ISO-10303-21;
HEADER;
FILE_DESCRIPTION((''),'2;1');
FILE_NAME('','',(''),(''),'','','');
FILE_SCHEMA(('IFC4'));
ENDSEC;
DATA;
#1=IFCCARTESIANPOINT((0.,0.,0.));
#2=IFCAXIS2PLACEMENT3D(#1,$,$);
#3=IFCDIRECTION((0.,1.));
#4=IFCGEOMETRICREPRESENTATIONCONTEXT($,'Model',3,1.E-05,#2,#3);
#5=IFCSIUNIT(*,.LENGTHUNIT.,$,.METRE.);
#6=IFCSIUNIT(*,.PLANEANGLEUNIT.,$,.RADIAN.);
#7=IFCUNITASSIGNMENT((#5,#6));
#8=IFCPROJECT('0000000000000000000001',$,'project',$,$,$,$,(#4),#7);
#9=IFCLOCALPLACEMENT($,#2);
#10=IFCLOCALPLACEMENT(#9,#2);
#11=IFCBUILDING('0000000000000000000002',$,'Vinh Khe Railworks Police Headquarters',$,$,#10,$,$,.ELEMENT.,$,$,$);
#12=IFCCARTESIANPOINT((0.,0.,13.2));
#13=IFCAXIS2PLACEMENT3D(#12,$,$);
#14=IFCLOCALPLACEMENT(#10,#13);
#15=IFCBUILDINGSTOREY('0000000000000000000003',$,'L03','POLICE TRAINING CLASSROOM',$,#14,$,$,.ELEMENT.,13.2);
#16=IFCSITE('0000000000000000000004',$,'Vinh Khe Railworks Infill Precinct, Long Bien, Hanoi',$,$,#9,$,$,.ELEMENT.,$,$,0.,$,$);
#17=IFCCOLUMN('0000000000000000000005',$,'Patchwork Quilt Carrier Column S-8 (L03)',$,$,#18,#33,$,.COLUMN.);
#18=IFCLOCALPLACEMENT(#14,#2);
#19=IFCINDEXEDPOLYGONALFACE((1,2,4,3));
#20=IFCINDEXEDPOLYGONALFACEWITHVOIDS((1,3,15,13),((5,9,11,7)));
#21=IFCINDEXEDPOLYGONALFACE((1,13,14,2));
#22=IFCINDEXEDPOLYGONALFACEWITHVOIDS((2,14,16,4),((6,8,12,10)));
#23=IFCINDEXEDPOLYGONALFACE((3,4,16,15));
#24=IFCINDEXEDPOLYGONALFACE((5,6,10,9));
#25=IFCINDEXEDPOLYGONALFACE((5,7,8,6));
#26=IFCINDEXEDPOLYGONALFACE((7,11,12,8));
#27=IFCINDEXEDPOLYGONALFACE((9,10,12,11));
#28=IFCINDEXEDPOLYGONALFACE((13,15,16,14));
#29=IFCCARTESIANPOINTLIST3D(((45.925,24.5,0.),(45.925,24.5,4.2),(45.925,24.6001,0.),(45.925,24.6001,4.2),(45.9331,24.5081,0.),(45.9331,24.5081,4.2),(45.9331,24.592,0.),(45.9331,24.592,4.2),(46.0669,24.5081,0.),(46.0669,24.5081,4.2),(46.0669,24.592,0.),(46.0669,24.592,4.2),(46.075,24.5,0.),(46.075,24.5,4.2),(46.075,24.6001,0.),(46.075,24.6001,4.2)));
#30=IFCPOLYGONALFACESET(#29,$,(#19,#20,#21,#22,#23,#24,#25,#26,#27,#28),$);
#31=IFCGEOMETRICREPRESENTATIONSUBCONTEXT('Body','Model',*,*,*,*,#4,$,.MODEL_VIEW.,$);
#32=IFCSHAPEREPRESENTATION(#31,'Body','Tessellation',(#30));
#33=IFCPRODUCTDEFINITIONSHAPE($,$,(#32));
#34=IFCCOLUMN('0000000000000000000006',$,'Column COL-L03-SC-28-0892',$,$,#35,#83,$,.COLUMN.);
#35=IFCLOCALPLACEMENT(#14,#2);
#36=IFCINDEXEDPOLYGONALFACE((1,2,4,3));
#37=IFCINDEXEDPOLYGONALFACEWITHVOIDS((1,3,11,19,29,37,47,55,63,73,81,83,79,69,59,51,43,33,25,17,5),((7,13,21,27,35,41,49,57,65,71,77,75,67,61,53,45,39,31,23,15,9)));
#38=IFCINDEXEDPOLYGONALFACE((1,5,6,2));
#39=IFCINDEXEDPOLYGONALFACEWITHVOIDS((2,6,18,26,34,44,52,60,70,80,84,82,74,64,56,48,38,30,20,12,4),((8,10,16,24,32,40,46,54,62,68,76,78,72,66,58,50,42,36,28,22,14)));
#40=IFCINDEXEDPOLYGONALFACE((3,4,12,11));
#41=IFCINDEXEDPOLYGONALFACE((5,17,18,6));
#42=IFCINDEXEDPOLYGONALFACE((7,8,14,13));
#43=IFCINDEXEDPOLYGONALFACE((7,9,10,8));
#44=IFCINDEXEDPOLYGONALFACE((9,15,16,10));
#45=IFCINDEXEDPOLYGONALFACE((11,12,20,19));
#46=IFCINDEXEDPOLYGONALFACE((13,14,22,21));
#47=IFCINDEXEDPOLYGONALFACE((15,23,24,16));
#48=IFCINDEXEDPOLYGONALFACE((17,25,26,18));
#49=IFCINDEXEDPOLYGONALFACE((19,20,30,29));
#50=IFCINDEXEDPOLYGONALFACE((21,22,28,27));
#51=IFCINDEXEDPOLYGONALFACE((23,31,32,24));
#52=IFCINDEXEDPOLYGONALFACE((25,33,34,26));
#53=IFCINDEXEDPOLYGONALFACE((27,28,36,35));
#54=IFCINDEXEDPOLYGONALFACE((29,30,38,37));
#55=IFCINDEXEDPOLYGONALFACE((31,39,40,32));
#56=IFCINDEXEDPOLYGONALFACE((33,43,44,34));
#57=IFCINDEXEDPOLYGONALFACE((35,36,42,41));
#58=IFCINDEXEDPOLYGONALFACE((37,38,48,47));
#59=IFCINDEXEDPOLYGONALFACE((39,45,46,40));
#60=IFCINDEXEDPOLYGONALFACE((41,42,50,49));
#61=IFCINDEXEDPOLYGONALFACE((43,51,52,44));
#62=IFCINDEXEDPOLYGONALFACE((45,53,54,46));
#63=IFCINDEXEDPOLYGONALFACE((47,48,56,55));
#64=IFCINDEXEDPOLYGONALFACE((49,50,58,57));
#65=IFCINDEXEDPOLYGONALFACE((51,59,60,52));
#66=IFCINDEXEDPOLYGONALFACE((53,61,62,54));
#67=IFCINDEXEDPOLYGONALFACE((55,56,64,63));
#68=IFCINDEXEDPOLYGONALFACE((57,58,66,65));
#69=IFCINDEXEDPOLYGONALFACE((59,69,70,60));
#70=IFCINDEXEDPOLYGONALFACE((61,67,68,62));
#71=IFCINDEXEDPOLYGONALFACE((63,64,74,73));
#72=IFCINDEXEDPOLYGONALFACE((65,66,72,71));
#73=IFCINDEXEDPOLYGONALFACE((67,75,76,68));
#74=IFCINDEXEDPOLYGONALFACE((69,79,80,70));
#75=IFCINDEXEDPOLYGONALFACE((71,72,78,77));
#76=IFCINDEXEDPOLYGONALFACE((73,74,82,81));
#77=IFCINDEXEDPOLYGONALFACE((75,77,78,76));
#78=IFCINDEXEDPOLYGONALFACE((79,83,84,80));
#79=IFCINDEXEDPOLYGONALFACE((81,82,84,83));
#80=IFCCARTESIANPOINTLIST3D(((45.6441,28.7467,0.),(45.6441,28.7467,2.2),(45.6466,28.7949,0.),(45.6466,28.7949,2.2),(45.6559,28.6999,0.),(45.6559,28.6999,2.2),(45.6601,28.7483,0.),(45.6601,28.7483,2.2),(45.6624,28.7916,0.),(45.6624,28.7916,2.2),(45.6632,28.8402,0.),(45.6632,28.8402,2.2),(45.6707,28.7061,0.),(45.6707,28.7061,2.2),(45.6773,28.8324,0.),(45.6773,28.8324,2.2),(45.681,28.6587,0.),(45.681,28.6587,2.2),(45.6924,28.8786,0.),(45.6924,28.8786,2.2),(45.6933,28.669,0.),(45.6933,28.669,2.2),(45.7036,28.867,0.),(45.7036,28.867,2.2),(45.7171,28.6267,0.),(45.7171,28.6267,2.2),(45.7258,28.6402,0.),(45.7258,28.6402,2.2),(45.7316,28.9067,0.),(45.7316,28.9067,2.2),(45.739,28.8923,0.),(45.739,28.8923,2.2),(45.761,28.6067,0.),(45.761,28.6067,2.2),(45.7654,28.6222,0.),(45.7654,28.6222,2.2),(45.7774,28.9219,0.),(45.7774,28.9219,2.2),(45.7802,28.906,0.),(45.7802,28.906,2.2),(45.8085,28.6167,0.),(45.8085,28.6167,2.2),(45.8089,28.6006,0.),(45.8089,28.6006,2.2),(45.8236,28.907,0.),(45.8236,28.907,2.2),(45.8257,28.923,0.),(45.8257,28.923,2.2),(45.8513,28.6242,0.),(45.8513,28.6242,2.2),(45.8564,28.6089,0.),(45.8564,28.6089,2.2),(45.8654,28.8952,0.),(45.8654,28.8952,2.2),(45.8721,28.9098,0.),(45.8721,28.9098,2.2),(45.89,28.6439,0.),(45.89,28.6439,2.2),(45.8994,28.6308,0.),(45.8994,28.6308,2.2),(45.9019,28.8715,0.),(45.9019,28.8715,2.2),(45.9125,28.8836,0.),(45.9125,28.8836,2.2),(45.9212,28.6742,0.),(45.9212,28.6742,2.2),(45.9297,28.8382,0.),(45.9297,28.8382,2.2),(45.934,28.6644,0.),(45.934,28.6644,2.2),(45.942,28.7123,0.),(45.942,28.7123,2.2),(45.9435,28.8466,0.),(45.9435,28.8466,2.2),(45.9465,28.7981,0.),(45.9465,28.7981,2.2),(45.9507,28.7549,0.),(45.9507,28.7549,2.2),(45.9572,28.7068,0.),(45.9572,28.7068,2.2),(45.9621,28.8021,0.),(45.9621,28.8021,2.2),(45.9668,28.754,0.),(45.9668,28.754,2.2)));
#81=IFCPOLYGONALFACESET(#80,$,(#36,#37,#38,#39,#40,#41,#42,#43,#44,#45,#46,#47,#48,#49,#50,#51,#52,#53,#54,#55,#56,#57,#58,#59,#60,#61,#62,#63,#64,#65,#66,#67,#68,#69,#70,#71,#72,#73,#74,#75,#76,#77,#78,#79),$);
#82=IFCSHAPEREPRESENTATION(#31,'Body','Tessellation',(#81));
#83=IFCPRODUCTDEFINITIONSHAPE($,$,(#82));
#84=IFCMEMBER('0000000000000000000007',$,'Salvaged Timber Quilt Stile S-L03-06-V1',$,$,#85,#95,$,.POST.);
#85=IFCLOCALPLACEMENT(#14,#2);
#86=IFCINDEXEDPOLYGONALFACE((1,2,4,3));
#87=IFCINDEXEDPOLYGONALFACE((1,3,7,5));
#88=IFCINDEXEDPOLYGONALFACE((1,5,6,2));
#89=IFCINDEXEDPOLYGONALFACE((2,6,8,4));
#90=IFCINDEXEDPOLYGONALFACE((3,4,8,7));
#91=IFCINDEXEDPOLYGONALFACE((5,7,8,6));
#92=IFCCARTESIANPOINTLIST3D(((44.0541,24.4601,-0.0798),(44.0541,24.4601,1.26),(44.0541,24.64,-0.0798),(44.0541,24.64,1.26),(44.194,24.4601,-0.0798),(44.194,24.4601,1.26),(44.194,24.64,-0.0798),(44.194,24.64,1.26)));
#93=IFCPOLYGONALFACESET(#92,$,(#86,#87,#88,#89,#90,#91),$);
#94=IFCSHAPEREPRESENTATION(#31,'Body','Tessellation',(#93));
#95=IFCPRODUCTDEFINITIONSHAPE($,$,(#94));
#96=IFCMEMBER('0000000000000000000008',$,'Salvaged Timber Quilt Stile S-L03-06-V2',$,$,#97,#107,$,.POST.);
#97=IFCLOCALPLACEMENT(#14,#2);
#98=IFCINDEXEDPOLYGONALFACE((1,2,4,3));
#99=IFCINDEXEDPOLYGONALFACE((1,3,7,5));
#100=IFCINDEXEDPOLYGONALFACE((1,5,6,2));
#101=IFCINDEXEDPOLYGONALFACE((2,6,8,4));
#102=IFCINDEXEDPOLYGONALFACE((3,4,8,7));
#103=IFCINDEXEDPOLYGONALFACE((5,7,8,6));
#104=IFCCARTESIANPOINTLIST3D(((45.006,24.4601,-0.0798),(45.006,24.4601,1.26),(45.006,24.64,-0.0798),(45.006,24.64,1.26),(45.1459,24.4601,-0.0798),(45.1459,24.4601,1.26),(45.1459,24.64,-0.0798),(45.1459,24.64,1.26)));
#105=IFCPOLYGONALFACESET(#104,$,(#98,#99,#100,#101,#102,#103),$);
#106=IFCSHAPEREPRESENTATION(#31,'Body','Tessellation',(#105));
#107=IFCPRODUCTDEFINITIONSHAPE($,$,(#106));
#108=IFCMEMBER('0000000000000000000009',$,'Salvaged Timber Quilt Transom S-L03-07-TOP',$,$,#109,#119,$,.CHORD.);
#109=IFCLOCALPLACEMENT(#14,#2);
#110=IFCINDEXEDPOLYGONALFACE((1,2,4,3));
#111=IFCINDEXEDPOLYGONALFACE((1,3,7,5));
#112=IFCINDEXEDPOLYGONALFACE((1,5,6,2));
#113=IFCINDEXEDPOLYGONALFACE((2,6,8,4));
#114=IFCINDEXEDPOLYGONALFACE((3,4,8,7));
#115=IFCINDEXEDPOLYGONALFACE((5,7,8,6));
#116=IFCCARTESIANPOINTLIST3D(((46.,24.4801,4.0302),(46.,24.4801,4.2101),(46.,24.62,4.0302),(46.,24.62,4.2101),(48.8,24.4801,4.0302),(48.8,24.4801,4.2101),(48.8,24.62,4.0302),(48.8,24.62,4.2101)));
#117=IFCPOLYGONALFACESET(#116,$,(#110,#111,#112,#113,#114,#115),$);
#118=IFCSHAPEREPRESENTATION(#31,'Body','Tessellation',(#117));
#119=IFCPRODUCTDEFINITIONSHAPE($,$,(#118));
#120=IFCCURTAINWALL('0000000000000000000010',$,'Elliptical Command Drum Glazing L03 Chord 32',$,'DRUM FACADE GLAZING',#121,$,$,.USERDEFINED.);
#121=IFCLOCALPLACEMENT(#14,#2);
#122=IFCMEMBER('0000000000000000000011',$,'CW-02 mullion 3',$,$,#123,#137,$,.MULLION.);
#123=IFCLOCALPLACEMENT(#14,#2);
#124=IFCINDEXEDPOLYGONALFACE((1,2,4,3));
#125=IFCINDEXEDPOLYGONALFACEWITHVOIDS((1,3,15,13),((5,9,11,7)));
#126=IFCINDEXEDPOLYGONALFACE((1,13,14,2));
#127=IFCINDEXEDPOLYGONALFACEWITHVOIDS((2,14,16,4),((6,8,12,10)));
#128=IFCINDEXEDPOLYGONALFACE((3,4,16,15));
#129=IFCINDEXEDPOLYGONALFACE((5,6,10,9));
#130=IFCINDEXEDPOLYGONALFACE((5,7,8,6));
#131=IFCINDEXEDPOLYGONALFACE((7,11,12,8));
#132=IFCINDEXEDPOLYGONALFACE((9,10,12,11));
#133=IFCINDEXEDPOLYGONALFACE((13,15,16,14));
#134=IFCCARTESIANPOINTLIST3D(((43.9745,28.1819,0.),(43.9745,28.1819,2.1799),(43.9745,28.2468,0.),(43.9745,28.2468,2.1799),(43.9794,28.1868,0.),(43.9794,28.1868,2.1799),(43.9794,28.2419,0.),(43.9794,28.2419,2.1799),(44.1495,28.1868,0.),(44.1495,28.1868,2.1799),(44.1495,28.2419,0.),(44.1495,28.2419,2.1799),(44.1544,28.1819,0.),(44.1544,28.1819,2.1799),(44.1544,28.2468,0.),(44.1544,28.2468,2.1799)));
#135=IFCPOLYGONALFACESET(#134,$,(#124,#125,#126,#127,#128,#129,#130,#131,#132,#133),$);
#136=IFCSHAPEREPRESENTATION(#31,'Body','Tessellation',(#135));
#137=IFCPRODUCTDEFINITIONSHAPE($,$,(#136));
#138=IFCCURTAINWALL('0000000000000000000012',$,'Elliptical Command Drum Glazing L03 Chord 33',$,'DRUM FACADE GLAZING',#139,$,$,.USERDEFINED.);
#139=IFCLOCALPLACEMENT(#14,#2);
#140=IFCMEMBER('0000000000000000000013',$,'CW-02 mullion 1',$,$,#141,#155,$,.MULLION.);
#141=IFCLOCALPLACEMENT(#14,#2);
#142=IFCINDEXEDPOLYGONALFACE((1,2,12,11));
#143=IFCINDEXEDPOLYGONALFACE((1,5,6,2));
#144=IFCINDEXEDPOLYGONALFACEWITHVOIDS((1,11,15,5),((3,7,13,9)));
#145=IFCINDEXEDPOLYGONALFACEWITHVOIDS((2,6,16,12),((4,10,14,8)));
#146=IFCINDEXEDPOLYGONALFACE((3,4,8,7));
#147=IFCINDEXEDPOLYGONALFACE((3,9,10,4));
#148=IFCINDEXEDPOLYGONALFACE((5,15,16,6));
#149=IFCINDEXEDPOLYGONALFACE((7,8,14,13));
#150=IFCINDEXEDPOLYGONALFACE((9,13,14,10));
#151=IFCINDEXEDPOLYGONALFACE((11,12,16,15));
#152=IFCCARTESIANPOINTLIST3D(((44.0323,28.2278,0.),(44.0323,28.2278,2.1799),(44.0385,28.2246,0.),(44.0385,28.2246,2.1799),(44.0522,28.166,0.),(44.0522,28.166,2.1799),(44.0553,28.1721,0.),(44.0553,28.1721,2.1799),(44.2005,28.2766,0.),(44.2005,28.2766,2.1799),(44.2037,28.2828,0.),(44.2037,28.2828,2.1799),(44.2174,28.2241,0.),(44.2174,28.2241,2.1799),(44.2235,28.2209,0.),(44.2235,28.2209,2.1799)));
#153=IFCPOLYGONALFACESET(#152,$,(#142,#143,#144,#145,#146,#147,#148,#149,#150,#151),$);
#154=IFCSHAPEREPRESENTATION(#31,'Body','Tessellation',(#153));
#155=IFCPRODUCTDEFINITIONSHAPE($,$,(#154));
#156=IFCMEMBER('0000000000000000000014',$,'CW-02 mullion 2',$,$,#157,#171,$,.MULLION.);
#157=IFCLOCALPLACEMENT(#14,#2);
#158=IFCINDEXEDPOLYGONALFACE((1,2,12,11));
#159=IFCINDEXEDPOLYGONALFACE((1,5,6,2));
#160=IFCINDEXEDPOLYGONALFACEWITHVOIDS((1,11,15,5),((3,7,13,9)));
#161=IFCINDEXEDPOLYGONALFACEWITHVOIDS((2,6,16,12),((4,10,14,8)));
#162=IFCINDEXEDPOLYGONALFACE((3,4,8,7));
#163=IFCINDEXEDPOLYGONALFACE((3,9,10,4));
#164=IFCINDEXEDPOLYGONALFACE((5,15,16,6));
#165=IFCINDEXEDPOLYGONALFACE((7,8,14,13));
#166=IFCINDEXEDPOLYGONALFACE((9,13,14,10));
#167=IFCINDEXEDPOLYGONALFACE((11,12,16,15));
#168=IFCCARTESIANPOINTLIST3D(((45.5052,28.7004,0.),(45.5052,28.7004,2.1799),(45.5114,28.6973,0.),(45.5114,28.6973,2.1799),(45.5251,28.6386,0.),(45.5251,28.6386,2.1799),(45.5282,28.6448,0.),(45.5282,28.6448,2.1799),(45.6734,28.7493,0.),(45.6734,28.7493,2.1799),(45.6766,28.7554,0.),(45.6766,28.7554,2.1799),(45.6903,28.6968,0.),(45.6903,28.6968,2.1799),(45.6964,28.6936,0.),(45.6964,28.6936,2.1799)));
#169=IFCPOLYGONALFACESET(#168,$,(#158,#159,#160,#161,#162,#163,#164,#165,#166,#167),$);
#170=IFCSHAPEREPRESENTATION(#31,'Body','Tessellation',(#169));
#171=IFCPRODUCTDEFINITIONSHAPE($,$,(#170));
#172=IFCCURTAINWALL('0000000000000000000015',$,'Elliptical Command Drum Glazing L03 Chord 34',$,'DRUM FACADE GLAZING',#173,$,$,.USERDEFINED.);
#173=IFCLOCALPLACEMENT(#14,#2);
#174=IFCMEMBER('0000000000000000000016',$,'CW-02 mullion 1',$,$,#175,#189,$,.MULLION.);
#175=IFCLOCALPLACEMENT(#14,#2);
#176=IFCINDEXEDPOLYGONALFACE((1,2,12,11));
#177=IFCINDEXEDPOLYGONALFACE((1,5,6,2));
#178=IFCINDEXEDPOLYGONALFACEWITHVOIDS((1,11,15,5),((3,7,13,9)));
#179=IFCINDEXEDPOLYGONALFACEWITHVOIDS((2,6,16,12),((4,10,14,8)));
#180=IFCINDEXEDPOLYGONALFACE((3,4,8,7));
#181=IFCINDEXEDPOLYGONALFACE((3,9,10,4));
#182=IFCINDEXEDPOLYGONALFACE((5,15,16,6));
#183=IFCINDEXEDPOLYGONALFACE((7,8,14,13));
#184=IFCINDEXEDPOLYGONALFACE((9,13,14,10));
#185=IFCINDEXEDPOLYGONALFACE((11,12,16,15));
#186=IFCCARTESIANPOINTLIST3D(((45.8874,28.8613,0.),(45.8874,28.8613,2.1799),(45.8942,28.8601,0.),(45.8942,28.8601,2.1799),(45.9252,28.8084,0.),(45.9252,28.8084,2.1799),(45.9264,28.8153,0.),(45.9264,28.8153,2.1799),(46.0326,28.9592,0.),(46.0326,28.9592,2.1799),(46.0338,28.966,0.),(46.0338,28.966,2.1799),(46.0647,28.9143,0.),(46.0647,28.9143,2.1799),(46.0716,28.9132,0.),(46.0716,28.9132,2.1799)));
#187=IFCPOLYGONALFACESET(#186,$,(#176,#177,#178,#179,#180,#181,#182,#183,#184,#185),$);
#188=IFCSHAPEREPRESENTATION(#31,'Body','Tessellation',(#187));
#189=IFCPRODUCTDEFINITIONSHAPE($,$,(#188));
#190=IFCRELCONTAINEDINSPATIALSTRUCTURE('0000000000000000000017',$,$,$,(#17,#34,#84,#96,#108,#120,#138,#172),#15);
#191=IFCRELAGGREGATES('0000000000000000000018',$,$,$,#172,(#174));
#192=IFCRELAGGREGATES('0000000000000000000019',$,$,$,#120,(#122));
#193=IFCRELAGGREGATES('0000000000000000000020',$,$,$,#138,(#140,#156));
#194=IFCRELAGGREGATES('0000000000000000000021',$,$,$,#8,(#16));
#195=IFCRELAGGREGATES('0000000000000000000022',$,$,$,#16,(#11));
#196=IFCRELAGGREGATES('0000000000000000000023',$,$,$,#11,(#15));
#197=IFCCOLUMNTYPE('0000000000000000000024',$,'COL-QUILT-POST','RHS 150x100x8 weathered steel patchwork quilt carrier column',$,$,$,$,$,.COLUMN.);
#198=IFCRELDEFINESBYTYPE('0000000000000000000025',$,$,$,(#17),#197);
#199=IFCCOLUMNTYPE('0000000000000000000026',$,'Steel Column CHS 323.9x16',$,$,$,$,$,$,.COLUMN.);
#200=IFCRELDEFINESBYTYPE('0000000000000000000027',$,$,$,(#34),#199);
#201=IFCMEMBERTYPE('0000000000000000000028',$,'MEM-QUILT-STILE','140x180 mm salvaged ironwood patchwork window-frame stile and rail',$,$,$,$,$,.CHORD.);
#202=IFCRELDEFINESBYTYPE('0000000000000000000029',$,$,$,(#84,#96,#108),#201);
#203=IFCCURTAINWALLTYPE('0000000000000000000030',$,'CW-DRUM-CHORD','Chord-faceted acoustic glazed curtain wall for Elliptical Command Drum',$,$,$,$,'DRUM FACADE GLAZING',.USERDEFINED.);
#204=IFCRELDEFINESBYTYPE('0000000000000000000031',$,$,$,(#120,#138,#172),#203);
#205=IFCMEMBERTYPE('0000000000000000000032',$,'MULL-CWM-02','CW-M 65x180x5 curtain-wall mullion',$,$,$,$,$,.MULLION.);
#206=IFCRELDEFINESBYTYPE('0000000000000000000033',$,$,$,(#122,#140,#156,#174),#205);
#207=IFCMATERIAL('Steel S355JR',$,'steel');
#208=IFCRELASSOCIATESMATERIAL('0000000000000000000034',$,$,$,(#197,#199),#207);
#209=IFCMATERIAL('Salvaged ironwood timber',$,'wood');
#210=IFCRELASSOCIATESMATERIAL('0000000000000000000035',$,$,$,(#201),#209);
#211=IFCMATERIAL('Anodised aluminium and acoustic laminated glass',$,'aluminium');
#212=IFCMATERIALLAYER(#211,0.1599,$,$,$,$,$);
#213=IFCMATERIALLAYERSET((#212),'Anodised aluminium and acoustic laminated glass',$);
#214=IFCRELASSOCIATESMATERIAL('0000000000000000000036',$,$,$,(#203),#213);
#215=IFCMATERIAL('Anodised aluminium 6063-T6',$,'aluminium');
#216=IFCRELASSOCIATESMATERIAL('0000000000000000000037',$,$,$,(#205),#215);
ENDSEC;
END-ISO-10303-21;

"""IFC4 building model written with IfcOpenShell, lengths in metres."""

from ifc_helpers import new_model, si_unit, direction, frame, origin, origin_2d, place, context, subcontext, project, spatial, rectangle, hollow_rectangle, hollow_circle, extrude, material, layer, layer_set, material_profile, profile_set, type_object, element, aggregate, save


model = new_model("IFC4")

# Units and contexts
model_context = context("Model", 3, precision=1e-05, world=origin(), true_north=direction((0.0, 1.0)))
body_context = subcontext(model_context, "Body", "Model", "MODEL_VIEW")
ifc_project = project(units=[si_unit("LENGTHUNIT", "METRE"), si_unit("PLANEANGLEUNIT", "RADIAN")], contexts=[model_context])

# Site, building, storey
site_placement = place(None, origin())
site = spatial("IfcSite", under=ifc_project, at=site_placement, Name="Vinh Khe Railworks Infill Precinct, Long Bien, Hanoi", CompositionType="ELEMENT", RefElevation=0.0)
building_placement = place(site_placement, origin())
building = spatial("IfcBuilding", under=site, at=building_placement, Name="Vinh Khe Railworks Police Headquarters", CompositionType="ELEMENT")
storey_placement = place(building_placement, frame((0.0, 0.0, 13.2)))
storey = spatial("IfcBuildingStorey", under=building, at=storey_placement, Name="L03", Description="POLICE TRAINING CLASSROOM", CompositionType="ELEMENT", Elevation=13.2)

# Columns
ifc_material_1 = material(Name="Steel S355JR", Category="steel")
ifc_material_profile_1 = material_profile(ifc_material_1, hollow_rectangle(XDim=0.1499, YDim=0.1001, WallThickness=0.0081, at=origin_2d()), Name="RHS 150x100x8")
ifc_profile_set_1 = profile_set([ifc_material_profile_1], Name="Steel S355JR")
column_type_1 = type_object("IfcColumnType", Name="COL-QUILT-POST", Description="RHS 150x100x8 weathered steel patchwork quilt carrier column", PredefinedType="COLUMN", material=ifc_profile_set_1)
column_1_placement = place(storey_placement, frame((46.0, 24.55, 0.0), z_axis=(0.0, 0.0, 1.0), x_axis=(1.0, 0.0, 0.0)))
element("IfcColumn", 1, at=column_1_placement, inside=storey, type_object=column_type_1, Name="Patchwork Quilt Carrier Column S-8 (L03)", PredefinedType="COLUMN", context=body_context, shape_type="SweptSolid", body=[
    extrude(hollow_rectangle(XDim=0.1499, YDim=0.1001, WallThickness=0.0081, at=origin_2d()), origin(), (0.0, 0.0, 1.0), 4.2),
])
ifc_material_profile_2 = material_profile(ifc_material_1, hollow_circle(Radius=0.1619, WallThickness=0.0161, at=origin_2d()), Name="CHS 323.9x16")
ifc_profile_set_2 = profile_set([ifc_material_profile_2], Name="Steel S355JR")
column_type_2 = type_object("IfcColumnType", Name="Steel Column CHS 323.9x16", PredefinedType="COLUMN", material=ifc_profile_set_2)
column_2_placement = place(storey_placement, frame((45.8052, 28.7625, 0.0), z_axis=(0.0, 0.0, 1.0), x_axis=(0.581981, -0.813202, 0.0)))
element("IfcColumn", 2, at=column_2_placement, inside=storey, type_object=column_type_2, Name="Column COL-L03-SC-28-0892", PredefinedType="COLUMN", context=body_context, shape_type="SweptSolid", body=[
    extrude(hollow_circle(Radius=0.1619, WallThickness=0.0161, at=origin_2d()), origin(), (0.0, 0.0, 1.0), 2.2),
])

# Members
ifc_material_2 = material(Name="Salvaged ironwood timber", Category="wood")
ifc_material_profile_3 = material_profile(ifc_material_2, rectangle(XDim=0.1399, YDim=0.1799, at=origin_2d()), Name="TIMBER 140x180")
ifc_profile_set_3 = profile_set([ifc_material_profile_3], Name="Salvaged ironwood timber")
member_type_1 = type_object("IfcMemberType", Name="MEM-QUILT-STILE", Description="140x180 mm salvaged ironwood patchwork window-frame stile and rail", PredefinedType="CHORD", material=ifc_profile_set_3)
for number, where, z_axis, x_axis, name in (
    (3, (44.124, 24.55, -0.0798), (0.0, 0.0, 1.0), (1.0, 0.0, 0.0), "Salvaged Timber Quilt Stile S-L03-06-V1"),
    (4, (45.0759, 24.55, -0.0798), (0.0, 0.0, 1.0), (1.0, 0.0, 0.0), "Salvaged Timber Quilt Stile S-L03-06-V2"),
):
    element("IfcMember", number, at=place(storey_placement, frame(where, z_axis=z_axis, x_axis=x_axis)), inside=storey, type_object=member_type_1, Name=name, PredefinedType="POST", context=body_context, shape_type="SweptSolid", body=[
        extrude(rectangle(XDim=0.1399, YDim=0.1799, at=origin_2d()), origin(), (0.0, 0.0, 1.0), 1.3398),
    ])
member_1_placement = place(storey_placement, frame((46.0, 24.55, 4.1201), z_axis=(1.0, 0.0, 0.0), x_axis=(0.0, 1.0, 0.0)))
element("IfcMember", 5, at=member_1_placement, inside=storey, type_object=member_type_1, Name="Salvaged Timber Quilt Transom S-L03-07-TOP", PredefinedType="CHORD", context=body_context, shape_type="SweptSolid", body=[
    extrude(rectangle(XDim=0.1399, YDim=0.1799, at=origin_2d()), origin(), (0.0, 0.0, 1.0), 2.8),
])

# Curtain wall, member
ifc_material_3 = material(Name="Anodised aluminium and acoustic laminated glass", Category="aluminium")
ifc_layer_1 = layer(ifc_material_3, 0.1599)
ifc_layer_set_1 = layer_set([ifc_layer_1], Name="Anodised aluminium and acoustic laminated glass")
curtain_wall_type_1 = type_object("IfcCurtainWallType", Name="CW-DRUM-CHORD", Description="Chord-faceted acoustic glazed curtain wall for Elliptical Command Drum", ElementType="DRUM FACADE GLAZING", PredefinedType="USERDEFINED", material=ifc_layer_set_1)
curtain_wall_1_placement = place(storey_placement, origin())
curtain_wall_1 = element("IfcCurtainWall", 6, at=curtain_wall_1_placement, inside=storey, type_object=curtain_wall_type_1, Name="Elliptical Command Drum Glazing L03 Chord 32", ObjectType="DRUM FACADE GLAZING", PredefinedType="USERDEFINED")
ifc_material_4 = material(Name="Anodised aluminium 6063-T6", Category="aluminium")
ifc_material_profile_4 = material_profile(ifc_material_4, hollow_rectangle(XDim=0.0649, YDim=0.1799, WallThickness=0.0049, at=origin_2d()), Name="CW-M 65x180x5")
ifc_profile_set_4 = profile_set([ifc_material_profile_4], Name="Anodised aluminium 6063-T6")
member_type_2 = type_object("IfcMemberType", Name="MULL-CWM-02", Description="CW-M 65x180x5 curtain-wall mullion", PredefinedType="MULLION", material=ifc_profile_set_4)
member_2_placement = place(storey_placement, frame((44.0645, 28.2144, 0.0), z_axis=(0.0, 0.0, 1.0), x_axis=(0.0, 1.0, 0.0)))
member_2 = element("IfcMember", 7, at=member_2_placement, type_object=member_type_2, Name="CW-02 mullion 3", PredefinedType="MULLION", context=body_context, shape_type="SweptSolid", body=[
    extrude(hollow_rectangle(XDim=0.0649, YDim=0.1799, WallThickness=0.0049, at=origin_2d()), origin(), (0.0, 0.0, 1.0), 2.1799),
])

# Curtain wall, members
curtain_wall_2_placement = place(storey_placement, origin())
curtain_wall_2 = element("IfcCurtainWall", 8, at=curtain_wall_2_placement, inside=storey, type_object=curtain_wall_type_1, Name="Elliptical Command Drum Glazing L03 Chord 33", ObjectType="DRUM FACADE GLAZING", PredefinedType="USERDEFINED")
member_3_placement = place(storey_placement, frame((44.1279, 28.2244, 0.0), z_axis=(0.0, 0.0, 1.0), x_axis=(-0.305579, 0.952167, 0.0)))
member_3 = element("IfcMember", 9, at=member_3_placement, type_object=member_type_2, Name="CW-02 mullion 1", PredefinedType="MULLION", context=body_context, shape_type="SweptSolid", body=[
    extrude(hollow_rectangle(XDim=0.0649, YDim=0.1799, WallThickness=0.0049, at=origin_2d()), origin(), (0.0, 0.0, 1.0), 2.1799),
])
member_4_placement = place(storey_placement, frame((45.6008, 28.697, 0.0), z_axis=(0.0, 0.0, 1.0), x_axis=(-0.305579, 0.952167, 0.0)))
member_4 = element("IfcMember", 10, at=member_4_placement, type_object=member_type_2, Name="CW-02 mullion 2", PredefinedType="MULLION", context=body_context, shape_type="SweptSolid", body=[
    extrude(hollow_rectangle(XDim=0.0649, YDim=0.1799, WallThickness=0.0049, at=origin_2d()), origin(), (0.0, 0.0, 1.0), 2.1799),
])

# Curtain wall, member
curtain_wall_3_placement = place(storey_placement, origin())
curtain_wall_3 = element("IfcCurtainWall", 11, at=curtain_wall_3_placement, inside=storey, type_object=curtain_wall_type_1, Name="Elliptical Command Drum Glazing L03 Chord 34", ObjectType="DRUM FACADE GLAZING", PredefinedType="USERDEFINED")
member_5_placement = place(storey_placement, frame((45.9795, 28.8872, 0.0), z_axis=(0.0, 0.0, 1.0), x_axis=(-0.581914, 0.81325, 0.0)))
member_5 = element("IfcMember", 12, at=member_5_placement, type_object=member_type_2, Name="CW-02 mullion 1", PredefinedType="MULLION", context=body_context, shape_type="SweptSolid", body=[
    extrude(hollow_rectangle(XDim=0.0649, YDim=0.1799, WallThickness=0.0049, at=origin_2d()), origin(), (0.0, 0.0, 1.0), 2.1799),
])
aggregate(curtain_wall_3, [member_5])

aggregate(curtain_wall_1, [member_2])
aggregate(curtain_wall_2, [member_3, member_4])

save(model, "model.ifc")
